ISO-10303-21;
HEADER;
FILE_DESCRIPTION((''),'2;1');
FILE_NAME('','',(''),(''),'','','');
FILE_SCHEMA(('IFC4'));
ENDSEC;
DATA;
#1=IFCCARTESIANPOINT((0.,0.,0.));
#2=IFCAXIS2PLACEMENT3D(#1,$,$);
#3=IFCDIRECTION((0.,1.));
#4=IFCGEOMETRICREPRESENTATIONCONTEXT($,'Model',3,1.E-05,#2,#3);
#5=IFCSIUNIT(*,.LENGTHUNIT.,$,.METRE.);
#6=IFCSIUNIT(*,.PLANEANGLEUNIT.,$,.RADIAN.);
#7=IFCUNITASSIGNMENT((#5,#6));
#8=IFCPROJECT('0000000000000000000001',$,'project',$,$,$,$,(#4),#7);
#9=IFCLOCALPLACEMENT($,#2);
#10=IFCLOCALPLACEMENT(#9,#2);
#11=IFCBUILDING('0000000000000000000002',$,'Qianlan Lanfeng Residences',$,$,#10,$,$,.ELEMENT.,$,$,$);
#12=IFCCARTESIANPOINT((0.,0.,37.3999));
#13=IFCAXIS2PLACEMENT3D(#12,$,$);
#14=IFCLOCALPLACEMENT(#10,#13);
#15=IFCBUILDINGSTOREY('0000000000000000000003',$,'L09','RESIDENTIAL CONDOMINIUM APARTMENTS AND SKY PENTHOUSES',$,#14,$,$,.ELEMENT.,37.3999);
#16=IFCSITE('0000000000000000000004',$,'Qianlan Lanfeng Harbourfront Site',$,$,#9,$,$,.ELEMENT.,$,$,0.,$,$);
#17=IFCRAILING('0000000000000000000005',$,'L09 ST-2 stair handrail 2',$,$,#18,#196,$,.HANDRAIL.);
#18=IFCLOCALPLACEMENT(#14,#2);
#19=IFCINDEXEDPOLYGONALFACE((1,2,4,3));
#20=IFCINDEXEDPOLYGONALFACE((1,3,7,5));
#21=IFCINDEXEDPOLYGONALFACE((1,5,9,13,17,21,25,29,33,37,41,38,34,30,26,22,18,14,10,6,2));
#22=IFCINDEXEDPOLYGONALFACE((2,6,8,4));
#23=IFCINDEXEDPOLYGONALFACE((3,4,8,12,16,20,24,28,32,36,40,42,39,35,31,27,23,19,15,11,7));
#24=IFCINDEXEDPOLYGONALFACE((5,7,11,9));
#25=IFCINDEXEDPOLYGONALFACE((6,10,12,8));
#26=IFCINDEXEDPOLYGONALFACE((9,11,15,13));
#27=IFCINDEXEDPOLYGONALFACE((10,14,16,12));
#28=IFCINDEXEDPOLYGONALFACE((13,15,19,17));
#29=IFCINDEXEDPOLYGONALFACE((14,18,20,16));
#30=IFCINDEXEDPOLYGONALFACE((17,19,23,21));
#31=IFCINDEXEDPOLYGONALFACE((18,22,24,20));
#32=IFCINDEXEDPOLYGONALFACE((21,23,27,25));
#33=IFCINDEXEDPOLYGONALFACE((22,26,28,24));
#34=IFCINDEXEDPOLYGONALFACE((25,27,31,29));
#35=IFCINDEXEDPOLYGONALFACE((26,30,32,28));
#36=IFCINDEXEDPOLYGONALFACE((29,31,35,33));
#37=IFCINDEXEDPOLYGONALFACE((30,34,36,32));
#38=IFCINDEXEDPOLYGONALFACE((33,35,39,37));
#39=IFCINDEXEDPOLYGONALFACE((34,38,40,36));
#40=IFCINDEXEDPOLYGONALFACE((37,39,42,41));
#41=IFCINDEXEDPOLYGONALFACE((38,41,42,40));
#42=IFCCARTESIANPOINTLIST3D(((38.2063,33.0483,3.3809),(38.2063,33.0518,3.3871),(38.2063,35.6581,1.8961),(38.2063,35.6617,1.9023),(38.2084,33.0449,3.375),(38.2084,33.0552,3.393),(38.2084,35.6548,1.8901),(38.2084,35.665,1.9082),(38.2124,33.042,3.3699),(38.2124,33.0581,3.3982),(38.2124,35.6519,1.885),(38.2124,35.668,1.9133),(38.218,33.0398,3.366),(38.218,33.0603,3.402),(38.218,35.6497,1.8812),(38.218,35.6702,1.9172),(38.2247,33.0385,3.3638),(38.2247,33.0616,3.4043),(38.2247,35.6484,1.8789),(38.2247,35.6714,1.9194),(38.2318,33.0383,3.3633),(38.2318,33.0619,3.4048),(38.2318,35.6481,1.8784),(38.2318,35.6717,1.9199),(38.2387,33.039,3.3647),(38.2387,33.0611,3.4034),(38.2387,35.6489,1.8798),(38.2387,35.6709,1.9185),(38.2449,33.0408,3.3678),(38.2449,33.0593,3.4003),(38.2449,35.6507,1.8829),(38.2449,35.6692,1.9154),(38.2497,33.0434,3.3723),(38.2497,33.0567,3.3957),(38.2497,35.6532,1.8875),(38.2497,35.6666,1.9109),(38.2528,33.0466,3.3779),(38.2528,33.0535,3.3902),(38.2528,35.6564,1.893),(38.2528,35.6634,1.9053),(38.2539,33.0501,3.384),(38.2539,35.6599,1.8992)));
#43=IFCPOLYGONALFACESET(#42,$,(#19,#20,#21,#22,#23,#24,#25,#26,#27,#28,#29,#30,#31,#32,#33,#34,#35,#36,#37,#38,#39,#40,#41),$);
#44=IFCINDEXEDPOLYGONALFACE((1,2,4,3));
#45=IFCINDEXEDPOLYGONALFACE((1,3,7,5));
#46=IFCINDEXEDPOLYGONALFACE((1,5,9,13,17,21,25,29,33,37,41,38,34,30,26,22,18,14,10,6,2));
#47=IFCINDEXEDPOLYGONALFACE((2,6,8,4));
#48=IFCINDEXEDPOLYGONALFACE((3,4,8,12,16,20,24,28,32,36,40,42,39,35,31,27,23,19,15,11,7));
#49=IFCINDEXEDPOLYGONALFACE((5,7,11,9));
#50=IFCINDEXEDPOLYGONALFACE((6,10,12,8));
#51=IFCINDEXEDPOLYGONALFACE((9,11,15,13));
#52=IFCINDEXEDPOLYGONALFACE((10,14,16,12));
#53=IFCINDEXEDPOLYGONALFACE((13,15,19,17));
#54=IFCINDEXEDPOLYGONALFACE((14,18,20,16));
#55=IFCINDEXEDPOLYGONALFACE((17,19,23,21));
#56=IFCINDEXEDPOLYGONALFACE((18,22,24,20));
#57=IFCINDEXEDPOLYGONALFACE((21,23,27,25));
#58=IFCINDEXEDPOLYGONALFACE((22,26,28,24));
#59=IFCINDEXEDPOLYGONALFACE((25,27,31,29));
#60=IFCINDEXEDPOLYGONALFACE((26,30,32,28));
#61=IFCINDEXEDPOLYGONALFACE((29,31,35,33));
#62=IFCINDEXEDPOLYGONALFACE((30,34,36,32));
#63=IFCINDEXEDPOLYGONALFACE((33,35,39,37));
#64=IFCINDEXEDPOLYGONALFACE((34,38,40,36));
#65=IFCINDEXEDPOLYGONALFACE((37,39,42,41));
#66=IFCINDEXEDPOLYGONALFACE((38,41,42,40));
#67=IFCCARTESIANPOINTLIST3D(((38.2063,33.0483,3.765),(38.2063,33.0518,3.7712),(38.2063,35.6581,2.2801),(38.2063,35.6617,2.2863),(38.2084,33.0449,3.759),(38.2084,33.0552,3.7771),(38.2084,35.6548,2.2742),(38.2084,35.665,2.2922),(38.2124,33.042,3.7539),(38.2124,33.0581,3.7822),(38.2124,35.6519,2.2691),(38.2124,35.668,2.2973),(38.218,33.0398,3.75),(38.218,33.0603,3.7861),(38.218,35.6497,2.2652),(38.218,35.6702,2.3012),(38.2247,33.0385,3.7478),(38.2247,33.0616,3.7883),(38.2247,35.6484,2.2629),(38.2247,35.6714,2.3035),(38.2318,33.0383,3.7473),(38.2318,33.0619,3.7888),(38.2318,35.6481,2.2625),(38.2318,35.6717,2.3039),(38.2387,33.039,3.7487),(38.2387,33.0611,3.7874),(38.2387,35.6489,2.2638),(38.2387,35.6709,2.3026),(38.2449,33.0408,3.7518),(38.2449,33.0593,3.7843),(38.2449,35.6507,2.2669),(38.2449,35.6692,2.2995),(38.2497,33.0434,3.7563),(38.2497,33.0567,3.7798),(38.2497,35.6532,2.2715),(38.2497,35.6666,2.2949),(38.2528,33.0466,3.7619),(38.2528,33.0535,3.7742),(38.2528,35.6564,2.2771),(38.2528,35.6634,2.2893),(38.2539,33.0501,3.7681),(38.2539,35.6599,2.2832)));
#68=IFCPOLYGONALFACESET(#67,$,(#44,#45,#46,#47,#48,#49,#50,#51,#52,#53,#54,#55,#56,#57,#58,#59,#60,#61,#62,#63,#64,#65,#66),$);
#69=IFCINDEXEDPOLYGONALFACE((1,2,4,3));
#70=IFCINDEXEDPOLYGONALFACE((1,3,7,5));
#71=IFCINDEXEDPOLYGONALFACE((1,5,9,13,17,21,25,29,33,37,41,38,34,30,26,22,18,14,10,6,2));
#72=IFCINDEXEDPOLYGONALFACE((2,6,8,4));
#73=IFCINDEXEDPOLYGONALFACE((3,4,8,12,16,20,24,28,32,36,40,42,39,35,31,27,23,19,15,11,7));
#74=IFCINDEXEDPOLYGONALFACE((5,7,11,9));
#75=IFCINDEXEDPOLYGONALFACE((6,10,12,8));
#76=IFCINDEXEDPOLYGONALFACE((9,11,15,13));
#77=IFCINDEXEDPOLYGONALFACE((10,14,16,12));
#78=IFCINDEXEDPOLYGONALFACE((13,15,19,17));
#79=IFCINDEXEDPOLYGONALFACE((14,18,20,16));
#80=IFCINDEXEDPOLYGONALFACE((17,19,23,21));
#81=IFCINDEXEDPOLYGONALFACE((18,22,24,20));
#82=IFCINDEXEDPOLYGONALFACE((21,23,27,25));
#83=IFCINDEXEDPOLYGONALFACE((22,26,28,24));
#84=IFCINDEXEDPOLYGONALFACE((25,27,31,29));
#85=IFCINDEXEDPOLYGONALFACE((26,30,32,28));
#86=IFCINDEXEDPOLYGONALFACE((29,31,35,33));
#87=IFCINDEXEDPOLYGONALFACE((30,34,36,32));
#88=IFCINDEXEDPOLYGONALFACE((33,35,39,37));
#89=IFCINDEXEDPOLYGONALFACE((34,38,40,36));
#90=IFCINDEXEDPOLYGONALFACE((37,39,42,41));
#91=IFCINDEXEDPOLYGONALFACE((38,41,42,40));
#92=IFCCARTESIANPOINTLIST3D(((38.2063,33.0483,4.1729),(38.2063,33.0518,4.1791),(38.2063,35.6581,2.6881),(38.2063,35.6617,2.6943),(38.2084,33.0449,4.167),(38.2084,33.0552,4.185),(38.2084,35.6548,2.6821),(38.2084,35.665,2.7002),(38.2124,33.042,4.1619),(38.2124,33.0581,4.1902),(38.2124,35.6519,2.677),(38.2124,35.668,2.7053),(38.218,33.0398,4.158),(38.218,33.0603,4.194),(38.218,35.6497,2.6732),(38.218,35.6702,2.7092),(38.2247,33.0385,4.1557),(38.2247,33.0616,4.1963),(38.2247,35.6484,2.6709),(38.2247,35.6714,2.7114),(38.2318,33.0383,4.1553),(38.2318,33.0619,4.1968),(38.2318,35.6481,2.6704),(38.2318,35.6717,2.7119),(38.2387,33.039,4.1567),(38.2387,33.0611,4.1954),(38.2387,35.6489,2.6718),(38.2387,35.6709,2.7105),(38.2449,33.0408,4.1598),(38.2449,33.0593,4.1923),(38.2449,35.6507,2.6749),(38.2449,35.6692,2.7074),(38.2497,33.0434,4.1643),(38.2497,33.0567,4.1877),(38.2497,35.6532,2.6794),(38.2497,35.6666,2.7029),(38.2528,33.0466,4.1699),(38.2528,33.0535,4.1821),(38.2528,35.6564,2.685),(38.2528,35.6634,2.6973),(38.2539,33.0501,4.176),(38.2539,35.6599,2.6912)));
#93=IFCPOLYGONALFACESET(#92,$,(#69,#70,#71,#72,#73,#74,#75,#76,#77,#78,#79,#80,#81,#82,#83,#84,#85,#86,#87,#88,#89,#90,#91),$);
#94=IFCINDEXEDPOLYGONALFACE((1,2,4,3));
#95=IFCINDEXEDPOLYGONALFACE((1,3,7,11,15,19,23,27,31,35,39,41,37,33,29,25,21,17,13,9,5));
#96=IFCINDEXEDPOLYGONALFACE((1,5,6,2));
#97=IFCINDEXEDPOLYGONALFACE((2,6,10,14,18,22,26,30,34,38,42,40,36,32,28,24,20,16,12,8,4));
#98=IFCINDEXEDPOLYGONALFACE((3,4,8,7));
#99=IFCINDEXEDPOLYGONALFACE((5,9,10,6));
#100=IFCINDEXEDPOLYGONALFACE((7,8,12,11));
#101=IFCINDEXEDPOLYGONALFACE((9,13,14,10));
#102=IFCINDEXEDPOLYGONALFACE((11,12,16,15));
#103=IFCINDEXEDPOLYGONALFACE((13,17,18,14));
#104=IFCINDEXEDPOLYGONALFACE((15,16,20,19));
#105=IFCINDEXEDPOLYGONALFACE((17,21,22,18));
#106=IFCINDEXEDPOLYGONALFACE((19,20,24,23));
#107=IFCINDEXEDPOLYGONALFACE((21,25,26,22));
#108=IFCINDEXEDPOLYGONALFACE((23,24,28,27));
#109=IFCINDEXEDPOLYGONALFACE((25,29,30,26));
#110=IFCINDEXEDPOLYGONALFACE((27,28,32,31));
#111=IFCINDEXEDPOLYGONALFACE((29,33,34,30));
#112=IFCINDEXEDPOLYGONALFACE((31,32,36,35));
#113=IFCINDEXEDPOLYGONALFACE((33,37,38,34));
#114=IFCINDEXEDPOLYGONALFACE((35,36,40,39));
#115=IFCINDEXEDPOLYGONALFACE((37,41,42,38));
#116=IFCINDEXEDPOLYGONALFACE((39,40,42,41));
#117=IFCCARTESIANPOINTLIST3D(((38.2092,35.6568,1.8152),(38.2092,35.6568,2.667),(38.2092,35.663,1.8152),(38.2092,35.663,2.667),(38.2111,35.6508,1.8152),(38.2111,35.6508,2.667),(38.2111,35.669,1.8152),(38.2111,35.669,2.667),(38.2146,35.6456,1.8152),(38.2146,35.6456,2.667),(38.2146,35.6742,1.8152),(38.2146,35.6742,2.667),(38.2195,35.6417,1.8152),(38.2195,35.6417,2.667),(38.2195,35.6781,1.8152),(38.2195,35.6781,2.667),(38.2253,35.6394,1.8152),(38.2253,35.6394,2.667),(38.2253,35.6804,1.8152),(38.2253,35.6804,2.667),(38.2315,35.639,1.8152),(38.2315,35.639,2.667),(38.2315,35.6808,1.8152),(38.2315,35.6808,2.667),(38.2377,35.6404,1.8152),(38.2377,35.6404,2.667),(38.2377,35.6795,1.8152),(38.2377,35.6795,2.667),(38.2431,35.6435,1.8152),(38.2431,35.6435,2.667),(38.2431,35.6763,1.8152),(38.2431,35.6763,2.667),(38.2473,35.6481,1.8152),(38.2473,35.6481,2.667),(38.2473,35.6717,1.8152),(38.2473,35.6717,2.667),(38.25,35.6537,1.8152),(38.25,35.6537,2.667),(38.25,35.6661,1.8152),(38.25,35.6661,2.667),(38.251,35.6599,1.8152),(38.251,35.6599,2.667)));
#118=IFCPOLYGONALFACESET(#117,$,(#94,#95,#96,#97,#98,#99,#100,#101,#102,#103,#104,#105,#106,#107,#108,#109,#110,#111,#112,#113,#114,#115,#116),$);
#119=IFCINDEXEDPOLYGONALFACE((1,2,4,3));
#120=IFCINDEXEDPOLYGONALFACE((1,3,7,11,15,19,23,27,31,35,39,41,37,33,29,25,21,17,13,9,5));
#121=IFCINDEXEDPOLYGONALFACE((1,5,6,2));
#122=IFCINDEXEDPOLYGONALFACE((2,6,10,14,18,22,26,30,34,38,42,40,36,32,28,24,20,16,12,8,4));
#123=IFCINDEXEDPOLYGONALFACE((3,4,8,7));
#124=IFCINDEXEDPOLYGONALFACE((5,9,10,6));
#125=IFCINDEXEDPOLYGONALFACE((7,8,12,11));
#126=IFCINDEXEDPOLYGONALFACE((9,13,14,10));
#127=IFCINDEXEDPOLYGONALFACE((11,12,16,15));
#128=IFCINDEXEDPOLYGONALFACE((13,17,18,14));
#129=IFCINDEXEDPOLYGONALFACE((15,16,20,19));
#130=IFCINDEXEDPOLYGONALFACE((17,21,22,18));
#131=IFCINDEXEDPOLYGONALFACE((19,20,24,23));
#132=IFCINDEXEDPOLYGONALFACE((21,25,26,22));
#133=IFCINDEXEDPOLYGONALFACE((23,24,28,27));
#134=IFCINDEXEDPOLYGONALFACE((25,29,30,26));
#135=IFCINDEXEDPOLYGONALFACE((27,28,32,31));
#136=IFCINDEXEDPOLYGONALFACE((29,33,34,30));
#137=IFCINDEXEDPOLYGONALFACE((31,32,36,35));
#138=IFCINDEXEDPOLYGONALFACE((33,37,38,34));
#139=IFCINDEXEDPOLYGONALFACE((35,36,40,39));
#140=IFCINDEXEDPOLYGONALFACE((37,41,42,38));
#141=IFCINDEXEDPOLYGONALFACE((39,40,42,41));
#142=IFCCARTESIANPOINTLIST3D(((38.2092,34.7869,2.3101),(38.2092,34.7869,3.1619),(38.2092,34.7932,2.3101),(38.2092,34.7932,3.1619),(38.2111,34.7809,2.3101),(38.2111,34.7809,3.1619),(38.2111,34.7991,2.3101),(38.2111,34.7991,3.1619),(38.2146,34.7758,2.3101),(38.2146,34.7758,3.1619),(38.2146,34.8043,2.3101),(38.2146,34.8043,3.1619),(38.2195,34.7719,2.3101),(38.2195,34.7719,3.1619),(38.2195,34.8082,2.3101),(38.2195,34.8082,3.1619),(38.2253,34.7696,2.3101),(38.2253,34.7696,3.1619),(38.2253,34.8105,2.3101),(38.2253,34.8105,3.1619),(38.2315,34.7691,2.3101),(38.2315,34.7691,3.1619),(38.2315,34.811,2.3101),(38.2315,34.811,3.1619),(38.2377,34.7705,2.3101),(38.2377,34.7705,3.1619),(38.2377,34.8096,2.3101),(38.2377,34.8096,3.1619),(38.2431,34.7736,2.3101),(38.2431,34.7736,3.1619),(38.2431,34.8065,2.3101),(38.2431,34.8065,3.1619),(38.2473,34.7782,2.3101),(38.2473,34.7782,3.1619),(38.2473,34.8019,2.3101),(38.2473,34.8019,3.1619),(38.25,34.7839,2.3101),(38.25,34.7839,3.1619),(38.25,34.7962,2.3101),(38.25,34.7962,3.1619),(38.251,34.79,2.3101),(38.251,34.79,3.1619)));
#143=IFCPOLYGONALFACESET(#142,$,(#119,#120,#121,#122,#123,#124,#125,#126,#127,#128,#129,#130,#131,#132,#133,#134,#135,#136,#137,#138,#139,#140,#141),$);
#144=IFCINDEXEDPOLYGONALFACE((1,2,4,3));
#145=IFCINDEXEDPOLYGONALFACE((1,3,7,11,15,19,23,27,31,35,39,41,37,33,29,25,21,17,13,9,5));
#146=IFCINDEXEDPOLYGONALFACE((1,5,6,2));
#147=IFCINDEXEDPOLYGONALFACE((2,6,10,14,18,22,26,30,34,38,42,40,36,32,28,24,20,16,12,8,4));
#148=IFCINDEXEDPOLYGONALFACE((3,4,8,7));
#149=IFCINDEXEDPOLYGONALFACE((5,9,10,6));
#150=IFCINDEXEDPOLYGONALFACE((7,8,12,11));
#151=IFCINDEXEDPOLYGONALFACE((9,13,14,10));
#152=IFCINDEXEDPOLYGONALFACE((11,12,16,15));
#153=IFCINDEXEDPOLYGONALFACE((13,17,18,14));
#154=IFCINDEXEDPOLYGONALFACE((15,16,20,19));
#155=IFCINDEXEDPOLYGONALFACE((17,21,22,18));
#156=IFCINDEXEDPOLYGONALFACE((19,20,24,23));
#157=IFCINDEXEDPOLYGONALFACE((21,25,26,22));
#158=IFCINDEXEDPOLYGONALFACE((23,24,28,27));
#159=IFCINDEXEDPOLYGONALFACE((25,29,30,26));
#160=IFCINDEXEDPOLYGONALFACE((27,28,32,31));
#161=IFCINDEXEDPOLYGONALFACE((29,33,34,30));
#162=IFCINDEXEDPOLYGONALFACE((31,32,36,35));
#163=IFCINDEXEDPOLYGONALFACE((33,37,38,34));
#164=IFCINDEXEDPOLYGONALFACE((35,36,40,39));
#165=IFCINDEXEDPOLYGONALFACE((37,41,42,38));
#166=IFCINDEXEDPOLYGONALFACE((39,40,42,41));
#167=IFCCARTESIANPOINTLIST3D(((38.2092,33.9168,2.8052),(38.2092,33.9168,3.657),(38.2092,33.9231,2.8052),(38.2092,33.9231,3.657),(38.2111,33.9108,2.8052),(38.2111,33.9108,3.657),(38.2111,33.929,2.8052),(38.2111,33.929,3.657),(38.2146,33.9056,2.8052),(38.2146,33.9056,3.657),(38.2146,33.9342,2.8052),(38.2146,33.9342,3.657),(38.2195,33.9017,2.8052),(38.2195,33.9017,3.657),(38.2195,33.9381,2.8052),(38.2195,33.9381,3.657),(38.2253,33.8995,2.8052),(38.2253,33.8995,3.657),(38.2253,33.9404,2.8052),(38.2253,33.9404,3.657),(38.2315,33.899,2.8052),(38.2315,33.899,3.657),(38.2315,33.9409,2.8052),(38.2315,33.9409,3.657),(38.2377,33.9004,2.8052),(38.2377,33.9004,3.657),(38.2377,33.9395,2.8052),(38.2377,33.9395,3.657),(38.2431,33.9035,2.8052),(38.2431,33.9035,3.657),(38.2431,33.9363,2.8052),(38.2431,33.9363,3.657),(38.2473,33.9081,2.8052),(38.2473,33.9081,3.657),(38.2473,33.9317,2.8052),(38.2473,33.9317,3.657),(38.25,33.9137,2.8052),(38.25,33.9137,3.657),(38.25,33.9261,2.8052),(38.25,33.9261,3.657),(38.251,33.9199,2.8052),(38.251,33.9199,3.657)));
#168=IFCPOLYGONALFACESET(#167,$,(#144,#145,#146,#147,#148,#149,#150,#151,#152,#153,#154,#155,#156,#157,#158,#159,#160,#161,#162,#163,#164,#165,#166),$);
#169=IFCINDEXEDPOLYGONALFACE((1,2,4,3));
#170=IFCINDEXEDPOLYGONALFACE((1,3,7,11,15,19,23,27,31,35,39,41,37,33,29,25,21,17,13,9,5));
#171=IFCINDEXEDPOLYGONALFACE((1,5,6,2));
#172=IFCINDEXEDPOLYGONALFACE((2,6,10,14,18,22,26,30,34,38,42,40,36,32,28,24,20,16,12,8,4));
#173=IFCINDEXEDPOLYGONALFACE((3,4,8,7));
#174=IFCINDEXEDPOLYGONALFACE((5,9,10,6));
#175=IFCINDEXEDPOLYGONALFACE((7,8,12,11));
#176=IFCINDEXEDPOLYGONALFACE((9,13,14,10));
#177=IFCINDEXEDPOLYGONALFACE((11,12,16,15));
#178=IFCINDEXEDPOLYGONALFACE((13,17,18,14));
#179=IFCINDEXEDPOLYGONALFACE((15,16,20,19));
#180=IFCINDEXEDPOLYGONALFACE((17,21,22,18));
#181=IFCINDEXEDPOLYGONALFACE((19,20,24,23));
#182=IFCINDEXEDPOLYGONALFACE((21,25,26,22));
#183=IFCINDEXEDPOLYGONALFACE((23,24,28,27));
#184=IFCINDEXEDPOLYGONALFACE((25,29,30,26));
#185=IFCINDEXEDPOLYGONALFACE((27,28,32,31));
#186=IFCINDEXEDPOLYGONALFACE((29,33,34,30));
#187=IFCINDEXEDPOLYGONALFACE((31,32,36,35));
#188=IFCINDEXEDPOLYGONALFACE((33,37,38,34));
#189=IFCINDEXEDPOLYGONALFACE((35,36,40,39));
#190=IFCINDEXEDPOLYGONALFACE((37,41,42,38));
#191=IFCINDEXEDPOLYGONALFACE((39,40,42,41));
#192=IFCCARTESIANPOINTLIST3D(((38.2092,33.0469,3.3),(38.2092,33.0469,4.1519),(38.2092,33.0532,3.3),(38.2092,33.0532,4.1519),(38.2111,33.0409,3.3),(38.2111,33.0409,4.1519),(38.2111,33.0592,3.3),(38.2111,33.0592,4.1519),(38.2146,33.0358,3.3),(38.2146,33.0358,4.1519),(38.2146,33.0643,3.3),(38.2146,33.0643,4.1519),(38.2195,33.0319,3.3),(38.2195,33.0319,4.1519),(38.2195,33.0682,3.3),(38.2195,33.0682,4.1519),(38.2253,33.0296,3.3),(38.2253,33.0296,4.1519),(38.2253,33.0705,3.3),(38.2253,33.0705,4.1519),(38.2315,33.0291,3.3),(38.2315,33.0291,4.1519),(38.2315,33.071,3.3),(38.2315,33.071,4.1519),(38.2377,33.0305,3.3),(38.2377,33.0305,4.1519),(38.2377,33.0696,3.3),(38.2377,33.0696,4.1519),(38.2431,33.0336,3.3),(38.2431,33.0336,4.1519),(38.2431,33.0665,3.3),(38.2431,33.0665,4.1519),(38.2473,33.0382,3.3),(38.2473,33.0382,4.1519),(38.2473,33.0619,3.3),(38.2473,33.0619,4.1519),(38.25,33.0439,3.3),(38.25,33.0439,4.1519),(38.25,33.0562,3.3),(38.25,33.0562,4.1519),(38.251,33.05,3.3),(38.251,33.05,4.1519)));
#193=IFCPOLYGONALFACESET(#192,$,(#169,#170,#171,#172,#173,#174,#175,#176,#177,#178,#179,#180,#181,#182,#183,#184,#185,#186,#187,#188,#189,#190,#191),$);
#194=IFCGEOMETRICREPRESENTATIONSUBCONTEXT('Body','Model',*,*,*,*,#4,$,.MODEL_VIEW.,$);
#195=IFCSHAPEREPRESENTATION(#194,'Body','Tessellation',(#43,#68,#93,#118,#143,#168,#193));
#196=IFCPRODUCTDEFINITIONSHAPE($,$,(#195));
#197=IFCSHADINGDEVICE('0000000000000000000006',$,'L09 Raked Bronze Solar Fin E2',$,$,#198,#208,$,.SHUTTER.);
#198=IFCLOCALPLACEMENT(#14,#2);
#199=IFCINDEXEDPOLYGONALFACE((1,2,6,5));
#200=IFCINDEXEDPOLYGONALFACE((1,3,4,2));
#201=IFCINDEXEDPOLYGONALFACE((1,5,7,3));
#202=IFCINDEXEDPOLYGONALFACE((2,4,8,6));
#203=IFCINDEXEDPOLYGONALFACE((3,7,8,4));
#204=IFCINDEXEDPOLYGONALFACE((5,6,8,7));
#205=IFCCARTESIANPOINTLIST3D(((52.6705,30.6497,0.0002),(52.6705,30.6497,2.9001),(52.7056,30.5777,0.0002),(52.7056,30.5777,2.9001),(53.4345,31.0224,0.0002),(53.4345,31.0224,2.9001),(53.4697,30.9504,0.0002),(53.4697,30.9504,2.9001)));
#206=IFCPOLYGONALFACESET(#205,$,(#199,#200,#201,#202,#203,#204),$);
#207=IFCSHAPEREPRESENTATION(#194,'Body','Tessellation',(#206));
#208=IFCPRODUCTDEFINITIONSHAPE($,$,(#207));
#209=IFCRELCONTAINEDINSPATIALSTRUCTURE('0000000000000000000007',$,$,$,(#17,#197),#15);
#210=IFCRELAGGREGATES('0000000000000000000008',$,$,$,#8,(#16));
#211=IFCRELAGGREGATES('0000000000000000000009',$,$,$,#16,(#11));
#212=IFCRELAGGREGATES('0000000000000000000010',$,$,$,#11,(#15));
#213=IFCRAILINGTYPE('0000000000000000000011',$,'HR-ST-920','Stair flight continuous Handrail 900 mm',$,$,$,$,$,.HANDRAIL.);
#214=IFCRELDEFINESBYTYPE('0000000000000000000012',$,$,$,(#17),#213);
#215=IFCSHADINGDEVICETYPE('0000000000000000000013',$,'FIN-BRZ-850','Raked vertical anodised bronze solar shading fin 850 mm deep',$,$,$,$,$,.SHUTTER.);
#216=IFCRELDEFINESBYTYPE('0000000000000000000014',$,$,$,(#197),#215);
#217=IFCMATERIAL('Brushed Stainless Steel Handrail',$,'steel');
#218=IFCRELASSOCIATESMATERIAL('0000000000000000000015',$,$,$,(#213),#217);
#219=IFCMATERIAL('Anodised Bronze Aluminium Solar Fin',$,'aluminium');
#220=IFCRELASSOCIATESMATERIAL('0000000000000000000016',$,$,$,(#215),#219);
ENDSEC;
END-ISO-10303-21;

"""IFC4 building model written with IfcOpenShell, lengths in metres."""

from ifc_helpers import new_model, si_unit, direction, frame, origin, origin_2d, place, context, subcontext, project, spatial, rectangle, circle, extrude, source, transform, mapped, material, type_object, element, save


model = new_model("IFC4")

# Units and contexts
model_context = context("Model", 3, precision=1e-05, world=origin(), true_north=direction((0.0, 1.0)))
body_context = subcontext(model_context, "Body", "Model", "MODEL_VIEW")
ifc_project = project(units=[si_unit("LENGTHUNIT", "METRE"), si_unit("PLANEANGLEUNIT", "RADIAN")], contexts=[model_context])

# Site, building, storey
site_placement = place(None, origin())
site = spatial("IfcSite", under=ifc_project, at=site_placement, Name="Qianlan Lanfeng Harbourfront Site", CompositionType="ELEMENT", RefElevation=0.0)
building_placement = place(site_placement, origin())
building = spatial("IfcBuilding", under=site, at=building_placement, Name="Qianlan Lanfeng Residences", CompositionType="ELEMENT")
storey_placement = place(building_placement, frame((0.0, 0.0, 37.3999)))
storey = spatial("IfcBuildingStorey", under=building, at=storey_placement, Name="L09", Description="RESIDENTIAL CONDOMINIUM APARTMENTS AND SKY PENTHOUSES", CompositionType="ELEMENT", Elevation=37.3999)

# Railing
ifc_material_1 = material(Name="Brushed Stainless Steel Handrail", Category="steel")
railing_type_1 = type_object("IfcRailingType", Name="HR-ST-920", Description="Stair flight continuous Handrail 900 mm", PredefinedType="HANDRAIL", material=ifc_material_1)
railing_1_placement = place(storey_placement, frame((38.23, 35.6599, 1.8152)))
element("IfcRailing", 1, at=railing_1_placement, inside=storey, type_object=railing_type_1, Name="L09 ST-2 stair handrail 2", PredefinedType="HANDRAIL", context=body_context, shape_type="SweptSolid", body=[
    extrude(circle(Radius=0.0239, at=origin_2d()), frame((0.0, 0.0, 0.084), z_axis=(0.0, -0.869172, 0.494509), x_axis=(1.0, 0.0, 0.0)), (0.0, 0.0, 1.0), 3.0027),
    extrude(circle(Radius=0.0239, at=origin_2d()), frame((0.0, 0.0, 0.468), z_axis=(0.0, -0.869172, 0.494509), x_axis=(1.0, 0.0, 0.0)), (0.0, 0.0, 1.0), 3.0027),
    extrude(circle(Radius=0.0239, at=origin_2d()), frame((0.0, 0.0, 0.876), z_axis=(0.0, -0.869172, 0.494509), x_axis=(1.0, 0.0, 0.0)), (0.0, 0.0, 1.0), 3.0027),
    extrude(circle(Radius=0.021, at=origin_2d()), origin(), (0.0, 0.0, 1.0), 0.8518),
    extrude(circle(Radius=0.021, at=origin_2d()), frame((0.0, -0.8699, 0.4949)), (0.0, 0.0, 1.0), 0.8518),
    extrude(circle(Radius=0.021, at=origin_2d()), frame((0.0, -1.74, 0.99)), (0.0, 0.0, 1.0), 0.8518),
    extrude(circle(Radius=0.021, at=origin_2d()), frame((0.0, -2.6099, 1.4849)), (0.0, 0.0, 1.0), 0.8518),
])

# Shading device
ifc_material_2 = material(Name="Anodised Bronze Aluminium Solar Fin", Category="aluminium")
shading_device_type = type_object("IfcShadingDeviceType", Name="FIN-BRZ-850", Description="Raked vertical anodised bronze solar shading fin 850 mm deep", PredefinedType="SHUTTER", material=ifc_material_2)
shared_shape_1 = source(origin(), body_context, "Body", "SweptSolid", [
    extrude(rectangle(XDim=0.8501, YDim=0.0801, at=origin_2d()), origin(), (0.0, 0.0, 1.0), 2.8999),
])
shading_device_placement = place(storey_placement, frame((53.0701, 30.8, 0.0002), z_axis=(0.0, 0.0, 1.0), x_axis=(0.898794, 0.438371, 0.0)))
element("IfcShadingDevice", 2, at=shading_device_placement, inside=storey, type_object=shading_device_type, Name="L09 Raked Bronze Solar Fin E2", PredefinedType="SHUTTER", context=body_context, shape_type="MappedRepresentation", body=[
    mapped(shared_shape_1, transform((0.0, 0.0, 0.0), scale=1.0)),
])

save(model, "model.ifc")
